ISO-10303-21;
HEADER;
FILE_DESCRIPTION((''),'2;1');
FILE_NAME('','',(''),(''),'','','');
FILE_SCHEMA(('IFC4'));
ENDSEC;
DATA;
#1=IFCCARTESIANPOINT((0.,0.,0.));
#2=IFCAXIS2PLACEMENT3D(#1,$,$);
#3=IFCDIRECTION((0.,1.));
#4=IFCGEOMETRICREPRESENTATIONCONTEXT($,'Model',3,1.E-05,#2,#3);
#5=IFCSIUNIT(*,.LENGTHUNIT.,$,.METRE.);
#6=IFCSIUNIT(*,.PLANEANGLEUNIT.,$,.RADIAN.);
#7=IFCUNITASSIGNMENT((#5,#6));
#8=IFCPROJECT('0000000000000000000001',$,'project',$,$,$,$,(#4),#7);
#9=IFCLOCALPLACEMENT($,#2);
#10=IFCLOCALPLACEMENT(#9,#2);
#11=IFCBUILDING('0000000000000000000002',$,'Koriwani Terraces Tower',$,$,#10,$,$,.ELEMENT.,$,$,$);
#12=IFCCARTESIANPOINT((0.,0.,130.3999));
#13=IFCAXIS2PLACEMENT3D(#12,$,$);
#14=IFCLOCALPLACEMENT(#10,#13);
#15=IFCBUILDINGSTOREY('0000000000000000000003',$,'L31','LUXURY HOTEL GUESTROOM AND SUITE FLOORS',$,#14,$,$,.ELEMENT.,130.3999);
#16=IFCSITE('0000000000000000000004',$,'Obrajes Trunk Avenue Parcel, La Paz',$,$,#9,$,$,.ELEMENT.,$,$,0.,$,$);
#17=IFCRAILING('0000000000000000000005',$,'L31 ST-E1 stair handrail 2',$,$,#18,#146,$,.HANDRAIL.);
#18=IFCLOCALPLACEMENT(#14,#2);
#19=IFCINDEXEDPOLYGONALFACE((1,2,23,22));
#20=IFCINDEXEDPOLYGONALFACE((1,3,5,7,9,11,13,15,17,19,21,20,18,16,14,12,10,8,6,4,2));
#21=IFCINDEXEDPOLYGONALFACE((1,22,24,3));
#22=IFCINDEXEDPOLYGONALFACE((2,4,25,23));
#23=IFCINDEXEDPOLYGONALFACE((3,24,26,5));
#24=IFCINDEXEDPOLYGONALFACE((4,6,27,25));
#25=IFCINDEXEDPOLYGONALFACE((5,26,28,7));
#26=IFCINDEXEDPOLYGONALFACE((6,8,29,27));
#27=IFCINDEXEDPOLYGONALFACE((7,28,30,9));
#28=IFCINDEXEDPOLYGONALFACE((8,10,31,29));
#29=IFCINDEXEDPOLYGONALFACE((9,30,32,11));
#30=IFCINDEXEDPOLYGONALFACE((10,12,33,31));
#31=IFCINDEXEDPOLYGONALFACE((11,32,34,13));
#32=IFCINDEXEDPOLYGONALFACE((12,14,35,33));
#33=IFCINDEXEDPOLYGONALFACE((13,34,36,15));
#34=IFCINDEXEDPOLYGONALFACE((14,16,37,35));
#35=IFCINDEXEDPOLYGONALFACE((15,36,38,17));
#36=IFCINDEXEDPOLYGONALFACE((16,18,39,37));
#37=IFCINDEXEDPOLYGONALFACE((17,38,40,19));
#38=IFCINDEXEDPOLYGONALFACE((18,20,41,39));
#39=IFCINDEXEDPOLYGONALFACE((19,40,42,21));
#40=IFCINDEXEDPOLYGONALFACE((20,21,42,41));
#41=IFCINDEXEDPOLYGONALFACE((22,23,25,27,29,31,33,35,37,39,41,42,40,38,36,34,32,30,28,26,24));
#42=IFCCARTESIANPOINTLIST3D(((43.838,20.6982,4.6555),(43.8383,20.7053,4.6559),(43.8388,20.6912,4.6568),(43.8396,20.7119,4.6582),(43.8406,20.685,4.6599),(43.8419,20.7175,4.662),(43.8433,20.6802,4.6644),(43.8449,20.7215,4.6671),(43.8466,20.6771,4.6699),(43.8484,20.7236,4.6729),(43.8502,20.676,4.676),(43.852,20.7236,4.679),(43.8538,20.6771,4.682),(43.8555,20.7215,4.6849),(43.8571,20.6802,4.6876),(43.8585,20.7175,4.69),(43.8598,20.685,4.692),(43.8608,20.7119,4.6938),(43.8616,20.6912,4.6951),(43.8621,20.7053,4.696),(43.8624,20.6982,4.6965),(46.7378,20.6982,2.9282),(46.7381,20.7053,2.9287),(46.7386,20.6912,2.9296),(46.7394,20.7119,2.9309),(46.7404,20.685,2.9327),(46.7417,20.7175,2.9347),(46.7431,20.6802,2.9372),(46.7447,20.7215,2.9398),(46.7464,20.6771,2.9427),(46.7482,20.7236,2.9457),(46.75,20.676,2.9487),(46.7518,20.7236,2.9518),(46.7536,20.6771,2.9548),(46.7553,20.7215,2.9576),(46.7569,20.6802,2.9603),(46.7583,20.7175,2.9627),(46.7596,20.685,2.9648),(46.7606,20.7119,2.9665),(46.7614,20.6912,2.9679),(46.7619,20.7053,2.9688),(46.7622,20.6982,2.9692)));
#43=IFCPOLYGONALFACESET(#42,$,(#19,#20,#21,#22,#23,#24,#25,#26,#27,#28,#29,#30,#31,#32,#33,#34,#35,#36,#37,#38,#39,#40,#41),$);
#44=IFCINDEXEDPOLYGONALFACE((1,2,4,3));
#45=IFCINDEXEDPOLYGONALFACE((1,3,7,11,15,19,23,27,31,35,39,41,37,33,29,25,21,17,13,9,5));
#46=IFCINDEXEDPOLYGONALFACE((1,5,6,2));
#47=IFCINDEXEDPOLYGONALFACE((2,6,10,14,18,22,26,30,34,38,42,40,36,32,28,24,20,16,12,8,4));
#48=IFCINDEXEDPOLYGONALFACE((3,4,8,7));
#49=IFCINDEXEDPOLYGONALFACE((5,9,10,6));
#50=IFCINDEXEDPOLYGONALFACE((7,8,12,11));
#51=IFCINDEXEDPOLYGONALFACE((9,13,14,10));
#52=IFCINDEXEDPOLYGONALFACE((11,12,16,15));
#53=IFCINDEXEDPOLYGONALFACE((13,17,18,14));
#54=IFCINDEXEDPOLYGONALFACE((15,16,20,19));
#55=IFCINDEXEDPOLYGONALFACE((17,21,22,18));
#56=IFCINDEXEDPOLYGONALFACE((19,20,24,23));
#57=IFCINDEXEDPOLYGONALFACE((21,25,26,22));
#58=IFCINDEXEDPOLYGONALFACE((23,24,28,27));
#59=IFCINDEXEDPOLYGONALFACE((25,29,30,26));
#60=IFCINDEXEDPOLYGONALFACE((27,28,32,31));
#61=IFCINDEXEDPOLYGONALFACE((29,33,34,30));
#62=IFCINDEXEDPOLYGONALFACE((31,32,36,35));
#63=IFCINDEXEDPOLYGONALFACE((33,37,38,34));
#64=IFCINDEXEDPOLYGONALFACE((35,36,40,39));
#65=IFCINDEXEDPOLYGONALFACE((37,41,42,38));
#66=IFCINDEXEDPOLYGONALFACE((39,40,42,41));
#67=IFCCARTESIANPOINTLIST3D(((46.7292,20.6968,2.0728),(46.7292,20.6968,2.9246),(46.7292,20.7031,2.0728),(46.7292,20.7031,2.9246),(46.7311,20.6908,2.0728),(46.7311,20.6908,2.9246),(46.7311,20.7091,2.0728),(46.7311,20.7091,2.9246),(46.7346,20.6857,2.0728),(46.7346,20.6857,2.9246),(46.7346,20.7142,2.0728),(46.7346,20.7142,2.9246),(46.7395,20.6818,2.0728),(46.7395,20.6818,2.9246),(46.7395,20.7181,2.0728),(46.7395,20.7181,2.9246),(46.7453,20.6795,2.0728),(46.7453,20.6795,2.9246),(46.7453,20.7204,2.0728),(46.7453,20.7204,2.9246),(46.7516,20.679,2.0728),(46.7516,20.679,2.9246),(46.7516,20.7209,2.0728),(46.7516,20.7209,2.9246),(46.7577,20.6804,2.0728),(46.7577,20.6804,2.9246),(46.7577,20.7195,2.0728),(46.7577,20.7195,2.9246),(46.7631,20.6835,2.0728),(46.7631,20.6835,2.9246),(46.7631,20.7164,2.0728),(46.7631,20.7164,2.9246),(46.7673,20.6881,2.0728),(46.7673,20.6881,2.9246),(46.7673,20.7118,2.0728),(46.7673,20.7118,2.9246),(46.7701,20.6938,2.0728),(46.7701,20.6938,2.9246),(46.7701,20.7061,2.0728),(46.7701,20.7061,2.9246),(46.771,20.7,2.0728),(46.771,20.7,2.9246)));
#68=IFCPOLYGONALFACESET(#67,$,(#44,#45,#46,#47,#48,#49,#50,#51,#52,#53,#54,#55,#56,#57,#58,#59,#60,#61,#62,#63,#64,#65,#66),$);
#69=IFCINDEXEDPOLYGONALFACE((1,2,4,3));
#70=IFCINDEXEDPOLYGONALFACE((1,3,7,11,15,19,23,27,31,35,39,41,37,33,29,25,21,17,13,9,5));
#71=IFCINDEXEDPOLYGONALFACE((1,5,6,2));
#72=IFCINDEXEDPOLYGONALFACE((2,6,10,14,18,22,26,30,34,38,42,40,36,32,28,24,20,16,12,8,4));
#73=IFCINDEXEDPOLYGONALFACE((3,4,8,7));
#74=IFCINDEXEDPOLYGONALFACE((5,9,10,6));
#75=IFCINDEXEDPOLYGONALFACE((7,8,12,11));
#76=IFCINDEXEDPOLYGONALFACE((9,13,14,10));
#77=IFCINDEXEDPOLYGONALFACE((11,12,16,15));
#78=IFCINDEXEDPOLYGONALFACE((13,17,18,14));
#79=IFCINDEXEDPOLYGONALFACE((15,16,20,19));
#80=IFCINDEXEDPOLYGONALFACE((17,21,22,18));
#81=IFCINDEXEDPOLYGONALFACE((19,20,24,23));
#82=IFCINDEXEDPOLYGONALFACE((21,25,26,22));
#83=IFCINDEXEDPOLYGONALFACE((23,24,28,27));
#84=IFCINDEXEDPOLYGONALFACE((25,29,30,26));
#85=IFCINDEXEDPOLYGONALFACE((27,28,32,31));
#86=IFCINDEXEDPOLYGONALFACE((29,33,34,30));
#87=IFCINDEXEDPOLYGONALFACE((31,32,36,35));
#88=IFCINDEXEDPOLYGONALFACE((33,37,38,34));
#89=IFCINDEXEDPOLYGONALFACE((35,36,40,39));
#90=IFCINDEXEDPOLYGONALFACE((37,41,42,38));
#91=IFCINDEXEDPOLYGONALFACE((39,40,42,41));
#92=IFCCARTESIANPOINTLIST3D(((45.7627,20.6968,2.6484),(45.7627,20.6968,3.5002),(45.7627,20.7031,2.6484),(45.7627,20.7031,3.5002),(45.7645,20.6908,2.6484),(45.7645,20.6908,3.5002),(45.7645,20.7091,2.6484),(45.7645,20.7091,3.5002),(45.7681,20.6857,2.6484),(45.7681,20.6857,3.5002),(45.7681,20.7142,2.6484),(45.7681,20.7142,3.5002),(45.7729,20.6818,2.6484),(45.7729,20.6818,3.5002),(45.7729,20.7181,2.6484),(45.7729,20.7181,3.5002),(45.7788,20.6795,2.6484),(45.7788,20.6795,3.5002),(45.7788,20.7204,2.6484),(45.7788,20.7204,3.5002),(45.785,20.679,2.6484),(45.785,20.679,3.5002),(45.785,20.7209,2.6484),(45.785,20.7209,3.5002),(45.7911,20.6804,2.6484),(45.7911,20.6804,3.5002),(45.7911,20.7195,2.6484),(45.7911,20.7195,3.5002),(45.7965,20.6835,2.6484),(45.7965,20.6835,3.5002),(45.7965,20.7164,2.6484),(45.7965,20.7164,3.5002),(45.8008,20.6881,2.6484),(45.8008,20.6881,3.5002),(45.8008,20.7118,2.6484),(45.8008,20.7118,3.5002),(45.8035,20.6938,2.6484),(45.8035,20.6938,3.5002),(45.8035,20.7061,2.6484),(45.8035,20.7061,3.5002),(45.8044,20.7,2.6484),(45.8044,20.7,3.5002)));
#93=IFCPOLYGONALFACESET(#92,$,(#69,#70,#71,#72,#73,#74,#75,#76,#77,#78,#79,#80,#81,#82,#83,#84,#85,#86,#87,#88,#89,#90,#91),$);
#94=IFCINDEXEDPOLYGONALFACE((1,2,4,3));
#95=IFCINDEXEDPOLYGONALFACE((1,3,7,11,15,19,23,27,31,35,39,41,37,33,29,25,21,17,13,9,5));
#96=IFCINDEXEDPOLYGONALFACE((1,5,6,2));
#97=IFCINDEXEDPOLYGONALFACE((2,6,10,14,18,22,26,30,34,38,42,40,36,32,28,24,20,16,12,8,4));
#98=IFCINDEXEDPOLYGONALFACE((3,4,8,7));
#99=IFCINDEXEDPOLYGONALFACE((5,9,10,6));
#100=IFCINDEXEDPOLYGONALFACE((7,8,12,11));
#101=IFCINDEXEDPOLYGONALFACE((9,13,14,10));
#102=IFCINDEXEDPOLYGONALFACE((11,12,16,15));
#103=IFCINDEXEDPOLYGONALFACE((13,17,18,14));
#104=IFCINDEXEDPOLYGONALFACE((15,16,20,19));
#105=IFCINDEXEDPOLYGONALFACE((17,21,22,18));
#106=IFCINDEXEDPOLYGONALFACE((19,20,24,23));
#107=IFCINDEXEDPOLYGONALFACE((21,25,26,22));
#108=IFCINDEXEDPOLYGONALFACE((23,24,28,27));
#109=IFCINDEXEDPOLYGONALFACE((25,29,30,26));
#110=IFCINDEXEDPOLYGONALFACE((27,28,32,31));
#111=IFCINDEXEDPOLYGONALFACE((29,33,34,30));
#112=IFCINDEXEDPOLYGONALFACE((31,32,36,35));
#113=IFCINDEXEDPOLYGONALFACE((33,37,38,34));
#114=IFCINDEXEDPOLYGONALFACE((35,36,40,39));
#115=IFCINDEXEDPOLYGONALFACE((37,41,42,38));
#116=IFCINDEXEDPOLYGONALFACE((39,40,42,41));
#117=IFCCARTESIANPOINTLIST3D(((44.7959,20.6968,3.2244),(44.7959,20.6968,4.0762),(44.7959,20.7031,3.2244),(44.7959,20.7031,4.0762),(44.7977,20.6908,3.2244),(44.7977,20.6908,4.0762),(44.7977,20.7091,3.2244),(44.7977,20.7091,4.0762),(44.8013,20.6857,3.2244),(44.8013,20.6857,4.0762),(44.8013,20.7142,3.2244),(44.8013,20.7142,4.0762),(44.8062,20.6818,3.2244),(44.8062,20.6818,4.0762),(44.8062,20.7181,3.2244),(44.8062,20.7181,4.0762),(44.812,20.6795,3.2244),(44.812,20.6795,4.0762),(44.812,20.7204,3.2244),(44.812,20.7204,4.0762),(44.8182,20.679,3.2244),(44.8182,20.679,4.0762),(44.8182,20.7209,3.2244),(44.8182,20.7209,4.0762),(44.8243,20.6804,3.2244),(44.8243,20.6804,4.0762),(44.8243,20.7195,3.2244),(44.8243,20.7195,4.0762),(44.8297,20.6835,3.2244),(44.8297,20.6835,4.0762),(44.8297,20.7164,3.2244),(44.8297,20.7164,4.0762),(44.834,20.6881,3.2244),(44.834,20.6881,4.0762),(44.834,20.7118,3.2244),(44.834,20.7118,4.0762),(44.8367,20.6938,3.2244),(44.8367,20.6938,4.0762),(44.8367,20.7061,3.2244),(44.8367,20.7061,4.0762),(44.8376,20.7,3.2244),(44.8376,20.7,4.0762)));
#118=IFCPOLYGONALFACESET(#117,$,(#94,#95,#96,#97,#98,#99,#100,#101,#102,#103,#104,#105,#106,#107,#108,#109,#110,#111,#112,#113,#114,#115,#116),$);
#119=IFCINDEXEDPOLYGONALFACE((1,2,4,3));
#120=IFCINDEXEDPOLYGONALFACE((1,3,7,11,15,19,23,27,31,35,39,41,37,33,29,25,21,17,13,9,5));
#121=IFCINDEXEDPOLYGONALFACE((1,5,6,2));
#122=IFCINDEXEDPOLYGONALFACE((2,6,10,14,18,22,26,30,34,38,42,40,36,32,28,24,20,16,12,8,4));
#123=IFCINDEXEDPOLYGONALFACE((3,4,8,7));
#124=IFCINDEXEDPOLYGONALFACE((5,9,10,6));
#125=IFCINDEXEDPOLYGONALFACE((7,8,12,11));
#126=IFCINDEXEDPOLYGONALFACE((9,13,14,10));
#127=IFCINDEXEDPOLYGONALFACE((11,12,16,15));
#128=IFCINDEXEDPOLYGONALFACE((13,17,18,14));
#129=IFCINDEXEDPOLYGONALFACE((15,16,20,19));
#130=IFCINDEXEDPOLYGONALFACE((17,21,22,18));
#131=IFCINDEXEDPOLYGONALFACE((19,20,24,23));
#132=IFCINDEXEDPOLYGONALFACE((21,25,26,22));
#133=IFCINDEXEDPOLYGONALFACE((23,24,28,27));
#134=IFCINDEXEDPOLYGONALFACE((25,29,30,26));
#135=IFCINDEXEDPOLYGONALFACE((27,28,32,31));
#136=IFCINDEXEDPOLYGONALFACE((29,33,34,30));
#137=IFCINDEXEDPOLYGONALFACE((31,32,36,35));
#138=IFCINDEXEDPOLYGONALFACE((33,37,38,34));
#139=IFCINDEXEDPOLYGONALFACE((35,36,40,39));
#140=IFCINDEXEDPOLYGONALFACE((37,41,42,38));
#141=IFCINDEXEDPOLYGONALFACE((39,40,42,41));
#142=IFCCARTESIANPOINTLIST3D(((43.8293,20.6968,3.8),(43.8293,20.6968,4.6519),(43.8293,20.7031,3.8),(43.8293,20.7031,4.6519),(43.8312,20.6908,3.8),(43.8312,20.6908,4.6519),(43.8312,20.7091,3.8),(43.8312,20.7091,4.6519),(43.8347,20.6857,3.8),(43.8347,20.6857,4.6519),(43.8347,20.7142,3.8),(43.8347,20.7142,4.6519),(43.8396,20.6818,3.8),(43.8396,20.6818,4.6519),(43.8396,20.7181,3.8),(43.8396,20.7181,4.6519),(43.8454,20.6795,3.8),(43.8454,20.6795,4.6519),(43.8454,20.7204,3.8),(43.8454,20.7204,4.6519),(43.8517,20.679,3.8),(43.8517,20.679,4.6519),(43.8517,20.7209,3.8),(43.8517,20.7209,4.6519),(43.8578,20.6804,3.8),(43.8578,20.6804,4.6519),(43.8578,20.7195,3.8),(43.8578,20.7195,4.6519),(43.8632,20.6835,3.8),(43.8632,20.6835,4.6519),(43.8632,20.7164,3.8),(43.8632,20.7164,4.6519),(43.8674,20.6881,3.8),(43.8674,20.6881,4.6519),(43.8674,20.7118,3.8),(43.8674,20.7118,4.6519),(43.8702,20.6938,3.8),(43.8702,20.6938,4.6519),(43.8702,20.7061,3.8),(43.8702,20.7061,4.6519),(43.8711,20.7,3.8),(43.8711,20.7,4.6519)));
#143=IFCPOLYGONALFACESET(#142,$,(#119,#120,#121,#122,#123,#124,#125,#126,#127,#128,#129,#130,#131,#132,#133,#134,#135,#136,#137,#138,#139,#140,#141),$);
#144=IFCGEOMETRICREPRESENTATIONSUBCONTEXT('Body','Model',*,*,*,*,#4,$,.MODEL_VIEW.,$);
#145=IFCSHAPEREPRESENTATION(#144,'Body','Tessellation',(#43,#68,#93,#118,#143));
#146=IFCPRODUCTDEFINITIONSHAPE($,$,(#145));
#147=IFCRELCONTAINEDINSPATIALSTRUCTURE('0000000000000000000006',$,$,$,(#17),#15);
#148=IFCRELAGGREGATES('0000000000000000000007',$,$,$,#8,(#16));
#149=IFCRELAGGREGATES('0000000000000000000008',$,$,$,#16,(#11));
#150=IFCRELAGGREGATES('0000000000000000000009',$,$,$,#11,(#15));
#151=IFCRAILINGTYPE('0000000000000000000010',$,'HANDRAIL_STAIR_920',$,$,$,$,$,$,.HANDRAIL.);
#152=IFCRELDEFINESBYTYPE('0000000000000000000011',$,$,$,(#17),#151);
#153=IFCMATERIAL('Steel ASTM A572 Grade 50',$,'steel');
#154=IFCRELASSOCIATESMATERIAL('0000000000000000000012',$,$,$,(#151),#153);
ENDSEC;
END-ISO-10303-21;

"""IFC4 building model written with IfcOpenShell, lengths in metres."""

from ifc_helpers import new_model, si_unit, direction, frame, origin, origin_2d, place, context, subcontext, project, spatial, circle, extrude, material, type_object, element, save


model = new_model("IFC4")

# Units and contexts
model_context = context("Model", 3, precision=1e-05, world=origin(), true_north=direction((0.0, 1.0)))
body_context = subcontext(model_context, "Body", "Model", "MODEL_VIEW")
ifc_project = project(units=[si_unit("LENGTHUNIT", "METRE"), si_unit("PLANEANGLEUNIT", "RADIAN")], contexts=[model_context])

# Site, building, storey
site_placement = place(None, origin())
site = spatial("IfcSite", under=ifc_project, at=site_placement, Name="Obrajes Trunk Avenue Parcel, La Paz", CompositionType="ELEMENT", RefElevation=0.0)
building_placement = place(site_placement, origin())
building = spatial("IfcBuilding", under=site, at=building_placement, Name="Koriwani Terraces Tower", CompositionType="ELEMENT")
storey_placement = place(building_placement, frame((0.0, 0.0, 130.3999)))
storey = spatial("IfcBuildingStorey", under=building, at=storey_placement, Name="L31", Description="LUXURY HOTEL GUESTROOM AND SUITE FLOORS", CompositionType="ELEMENT", Elevation=130.3999)

# Shared definitions
ifc_material_1 = material(Name="Steel ASTM A572 Grade 50", Category="steel")

# Railing
railing_type_1 = type_object("IfcRailingType", Name="HANDRAIL_STAIR_920", PredefinedType="HANDRAIL", material=ifc_material_1)
railing_1_placement = place(storey_placement, frame((46.75, 20.7, 2.0728)))
element("IfcRailing", 1, at=railing_1_placement, inside=storey, type_object=railing_type_1, Name="L31 ST-E1 stair handrail 2", PredefinedType="HANDRAIL", context=body_context, shape_type="SweptSolid", body=[
    extrude(circle(Radius=0.0239, at=origin_2d()), frame((0.0, 0.0, 0.876), z_axis=(-0.859141, 0.0, 0.511738), x_axis=(0.0, -1.0, 0.0)), (0.0, 0.0, 1.0), 3.3752),
    extrude(circle(Radius=0.021, at=origin_2d()), origin(), (0.0, 0.0, 1.0), 0.8518),
    extrude(circle(Radius=0.021, at=origin_2d()), frame((-0.9666, 0.0, 0.5757)), (0.0, 0.0, 1.0), 0.8518),
    extrude(circle(Radius=0.021, at=origin_2d()), frame((-1.9333, 0.0, 1.1516)), (0.0, 0.0, 1.0), 0.8518),
    extrude(circle(Radius=0.021, at=origin_2d()), frame((-2.8999, 0.0, 1.7273)), (0.0, 0.0, 1.0), 0.8518),
])

save(model, "model.ifc")
